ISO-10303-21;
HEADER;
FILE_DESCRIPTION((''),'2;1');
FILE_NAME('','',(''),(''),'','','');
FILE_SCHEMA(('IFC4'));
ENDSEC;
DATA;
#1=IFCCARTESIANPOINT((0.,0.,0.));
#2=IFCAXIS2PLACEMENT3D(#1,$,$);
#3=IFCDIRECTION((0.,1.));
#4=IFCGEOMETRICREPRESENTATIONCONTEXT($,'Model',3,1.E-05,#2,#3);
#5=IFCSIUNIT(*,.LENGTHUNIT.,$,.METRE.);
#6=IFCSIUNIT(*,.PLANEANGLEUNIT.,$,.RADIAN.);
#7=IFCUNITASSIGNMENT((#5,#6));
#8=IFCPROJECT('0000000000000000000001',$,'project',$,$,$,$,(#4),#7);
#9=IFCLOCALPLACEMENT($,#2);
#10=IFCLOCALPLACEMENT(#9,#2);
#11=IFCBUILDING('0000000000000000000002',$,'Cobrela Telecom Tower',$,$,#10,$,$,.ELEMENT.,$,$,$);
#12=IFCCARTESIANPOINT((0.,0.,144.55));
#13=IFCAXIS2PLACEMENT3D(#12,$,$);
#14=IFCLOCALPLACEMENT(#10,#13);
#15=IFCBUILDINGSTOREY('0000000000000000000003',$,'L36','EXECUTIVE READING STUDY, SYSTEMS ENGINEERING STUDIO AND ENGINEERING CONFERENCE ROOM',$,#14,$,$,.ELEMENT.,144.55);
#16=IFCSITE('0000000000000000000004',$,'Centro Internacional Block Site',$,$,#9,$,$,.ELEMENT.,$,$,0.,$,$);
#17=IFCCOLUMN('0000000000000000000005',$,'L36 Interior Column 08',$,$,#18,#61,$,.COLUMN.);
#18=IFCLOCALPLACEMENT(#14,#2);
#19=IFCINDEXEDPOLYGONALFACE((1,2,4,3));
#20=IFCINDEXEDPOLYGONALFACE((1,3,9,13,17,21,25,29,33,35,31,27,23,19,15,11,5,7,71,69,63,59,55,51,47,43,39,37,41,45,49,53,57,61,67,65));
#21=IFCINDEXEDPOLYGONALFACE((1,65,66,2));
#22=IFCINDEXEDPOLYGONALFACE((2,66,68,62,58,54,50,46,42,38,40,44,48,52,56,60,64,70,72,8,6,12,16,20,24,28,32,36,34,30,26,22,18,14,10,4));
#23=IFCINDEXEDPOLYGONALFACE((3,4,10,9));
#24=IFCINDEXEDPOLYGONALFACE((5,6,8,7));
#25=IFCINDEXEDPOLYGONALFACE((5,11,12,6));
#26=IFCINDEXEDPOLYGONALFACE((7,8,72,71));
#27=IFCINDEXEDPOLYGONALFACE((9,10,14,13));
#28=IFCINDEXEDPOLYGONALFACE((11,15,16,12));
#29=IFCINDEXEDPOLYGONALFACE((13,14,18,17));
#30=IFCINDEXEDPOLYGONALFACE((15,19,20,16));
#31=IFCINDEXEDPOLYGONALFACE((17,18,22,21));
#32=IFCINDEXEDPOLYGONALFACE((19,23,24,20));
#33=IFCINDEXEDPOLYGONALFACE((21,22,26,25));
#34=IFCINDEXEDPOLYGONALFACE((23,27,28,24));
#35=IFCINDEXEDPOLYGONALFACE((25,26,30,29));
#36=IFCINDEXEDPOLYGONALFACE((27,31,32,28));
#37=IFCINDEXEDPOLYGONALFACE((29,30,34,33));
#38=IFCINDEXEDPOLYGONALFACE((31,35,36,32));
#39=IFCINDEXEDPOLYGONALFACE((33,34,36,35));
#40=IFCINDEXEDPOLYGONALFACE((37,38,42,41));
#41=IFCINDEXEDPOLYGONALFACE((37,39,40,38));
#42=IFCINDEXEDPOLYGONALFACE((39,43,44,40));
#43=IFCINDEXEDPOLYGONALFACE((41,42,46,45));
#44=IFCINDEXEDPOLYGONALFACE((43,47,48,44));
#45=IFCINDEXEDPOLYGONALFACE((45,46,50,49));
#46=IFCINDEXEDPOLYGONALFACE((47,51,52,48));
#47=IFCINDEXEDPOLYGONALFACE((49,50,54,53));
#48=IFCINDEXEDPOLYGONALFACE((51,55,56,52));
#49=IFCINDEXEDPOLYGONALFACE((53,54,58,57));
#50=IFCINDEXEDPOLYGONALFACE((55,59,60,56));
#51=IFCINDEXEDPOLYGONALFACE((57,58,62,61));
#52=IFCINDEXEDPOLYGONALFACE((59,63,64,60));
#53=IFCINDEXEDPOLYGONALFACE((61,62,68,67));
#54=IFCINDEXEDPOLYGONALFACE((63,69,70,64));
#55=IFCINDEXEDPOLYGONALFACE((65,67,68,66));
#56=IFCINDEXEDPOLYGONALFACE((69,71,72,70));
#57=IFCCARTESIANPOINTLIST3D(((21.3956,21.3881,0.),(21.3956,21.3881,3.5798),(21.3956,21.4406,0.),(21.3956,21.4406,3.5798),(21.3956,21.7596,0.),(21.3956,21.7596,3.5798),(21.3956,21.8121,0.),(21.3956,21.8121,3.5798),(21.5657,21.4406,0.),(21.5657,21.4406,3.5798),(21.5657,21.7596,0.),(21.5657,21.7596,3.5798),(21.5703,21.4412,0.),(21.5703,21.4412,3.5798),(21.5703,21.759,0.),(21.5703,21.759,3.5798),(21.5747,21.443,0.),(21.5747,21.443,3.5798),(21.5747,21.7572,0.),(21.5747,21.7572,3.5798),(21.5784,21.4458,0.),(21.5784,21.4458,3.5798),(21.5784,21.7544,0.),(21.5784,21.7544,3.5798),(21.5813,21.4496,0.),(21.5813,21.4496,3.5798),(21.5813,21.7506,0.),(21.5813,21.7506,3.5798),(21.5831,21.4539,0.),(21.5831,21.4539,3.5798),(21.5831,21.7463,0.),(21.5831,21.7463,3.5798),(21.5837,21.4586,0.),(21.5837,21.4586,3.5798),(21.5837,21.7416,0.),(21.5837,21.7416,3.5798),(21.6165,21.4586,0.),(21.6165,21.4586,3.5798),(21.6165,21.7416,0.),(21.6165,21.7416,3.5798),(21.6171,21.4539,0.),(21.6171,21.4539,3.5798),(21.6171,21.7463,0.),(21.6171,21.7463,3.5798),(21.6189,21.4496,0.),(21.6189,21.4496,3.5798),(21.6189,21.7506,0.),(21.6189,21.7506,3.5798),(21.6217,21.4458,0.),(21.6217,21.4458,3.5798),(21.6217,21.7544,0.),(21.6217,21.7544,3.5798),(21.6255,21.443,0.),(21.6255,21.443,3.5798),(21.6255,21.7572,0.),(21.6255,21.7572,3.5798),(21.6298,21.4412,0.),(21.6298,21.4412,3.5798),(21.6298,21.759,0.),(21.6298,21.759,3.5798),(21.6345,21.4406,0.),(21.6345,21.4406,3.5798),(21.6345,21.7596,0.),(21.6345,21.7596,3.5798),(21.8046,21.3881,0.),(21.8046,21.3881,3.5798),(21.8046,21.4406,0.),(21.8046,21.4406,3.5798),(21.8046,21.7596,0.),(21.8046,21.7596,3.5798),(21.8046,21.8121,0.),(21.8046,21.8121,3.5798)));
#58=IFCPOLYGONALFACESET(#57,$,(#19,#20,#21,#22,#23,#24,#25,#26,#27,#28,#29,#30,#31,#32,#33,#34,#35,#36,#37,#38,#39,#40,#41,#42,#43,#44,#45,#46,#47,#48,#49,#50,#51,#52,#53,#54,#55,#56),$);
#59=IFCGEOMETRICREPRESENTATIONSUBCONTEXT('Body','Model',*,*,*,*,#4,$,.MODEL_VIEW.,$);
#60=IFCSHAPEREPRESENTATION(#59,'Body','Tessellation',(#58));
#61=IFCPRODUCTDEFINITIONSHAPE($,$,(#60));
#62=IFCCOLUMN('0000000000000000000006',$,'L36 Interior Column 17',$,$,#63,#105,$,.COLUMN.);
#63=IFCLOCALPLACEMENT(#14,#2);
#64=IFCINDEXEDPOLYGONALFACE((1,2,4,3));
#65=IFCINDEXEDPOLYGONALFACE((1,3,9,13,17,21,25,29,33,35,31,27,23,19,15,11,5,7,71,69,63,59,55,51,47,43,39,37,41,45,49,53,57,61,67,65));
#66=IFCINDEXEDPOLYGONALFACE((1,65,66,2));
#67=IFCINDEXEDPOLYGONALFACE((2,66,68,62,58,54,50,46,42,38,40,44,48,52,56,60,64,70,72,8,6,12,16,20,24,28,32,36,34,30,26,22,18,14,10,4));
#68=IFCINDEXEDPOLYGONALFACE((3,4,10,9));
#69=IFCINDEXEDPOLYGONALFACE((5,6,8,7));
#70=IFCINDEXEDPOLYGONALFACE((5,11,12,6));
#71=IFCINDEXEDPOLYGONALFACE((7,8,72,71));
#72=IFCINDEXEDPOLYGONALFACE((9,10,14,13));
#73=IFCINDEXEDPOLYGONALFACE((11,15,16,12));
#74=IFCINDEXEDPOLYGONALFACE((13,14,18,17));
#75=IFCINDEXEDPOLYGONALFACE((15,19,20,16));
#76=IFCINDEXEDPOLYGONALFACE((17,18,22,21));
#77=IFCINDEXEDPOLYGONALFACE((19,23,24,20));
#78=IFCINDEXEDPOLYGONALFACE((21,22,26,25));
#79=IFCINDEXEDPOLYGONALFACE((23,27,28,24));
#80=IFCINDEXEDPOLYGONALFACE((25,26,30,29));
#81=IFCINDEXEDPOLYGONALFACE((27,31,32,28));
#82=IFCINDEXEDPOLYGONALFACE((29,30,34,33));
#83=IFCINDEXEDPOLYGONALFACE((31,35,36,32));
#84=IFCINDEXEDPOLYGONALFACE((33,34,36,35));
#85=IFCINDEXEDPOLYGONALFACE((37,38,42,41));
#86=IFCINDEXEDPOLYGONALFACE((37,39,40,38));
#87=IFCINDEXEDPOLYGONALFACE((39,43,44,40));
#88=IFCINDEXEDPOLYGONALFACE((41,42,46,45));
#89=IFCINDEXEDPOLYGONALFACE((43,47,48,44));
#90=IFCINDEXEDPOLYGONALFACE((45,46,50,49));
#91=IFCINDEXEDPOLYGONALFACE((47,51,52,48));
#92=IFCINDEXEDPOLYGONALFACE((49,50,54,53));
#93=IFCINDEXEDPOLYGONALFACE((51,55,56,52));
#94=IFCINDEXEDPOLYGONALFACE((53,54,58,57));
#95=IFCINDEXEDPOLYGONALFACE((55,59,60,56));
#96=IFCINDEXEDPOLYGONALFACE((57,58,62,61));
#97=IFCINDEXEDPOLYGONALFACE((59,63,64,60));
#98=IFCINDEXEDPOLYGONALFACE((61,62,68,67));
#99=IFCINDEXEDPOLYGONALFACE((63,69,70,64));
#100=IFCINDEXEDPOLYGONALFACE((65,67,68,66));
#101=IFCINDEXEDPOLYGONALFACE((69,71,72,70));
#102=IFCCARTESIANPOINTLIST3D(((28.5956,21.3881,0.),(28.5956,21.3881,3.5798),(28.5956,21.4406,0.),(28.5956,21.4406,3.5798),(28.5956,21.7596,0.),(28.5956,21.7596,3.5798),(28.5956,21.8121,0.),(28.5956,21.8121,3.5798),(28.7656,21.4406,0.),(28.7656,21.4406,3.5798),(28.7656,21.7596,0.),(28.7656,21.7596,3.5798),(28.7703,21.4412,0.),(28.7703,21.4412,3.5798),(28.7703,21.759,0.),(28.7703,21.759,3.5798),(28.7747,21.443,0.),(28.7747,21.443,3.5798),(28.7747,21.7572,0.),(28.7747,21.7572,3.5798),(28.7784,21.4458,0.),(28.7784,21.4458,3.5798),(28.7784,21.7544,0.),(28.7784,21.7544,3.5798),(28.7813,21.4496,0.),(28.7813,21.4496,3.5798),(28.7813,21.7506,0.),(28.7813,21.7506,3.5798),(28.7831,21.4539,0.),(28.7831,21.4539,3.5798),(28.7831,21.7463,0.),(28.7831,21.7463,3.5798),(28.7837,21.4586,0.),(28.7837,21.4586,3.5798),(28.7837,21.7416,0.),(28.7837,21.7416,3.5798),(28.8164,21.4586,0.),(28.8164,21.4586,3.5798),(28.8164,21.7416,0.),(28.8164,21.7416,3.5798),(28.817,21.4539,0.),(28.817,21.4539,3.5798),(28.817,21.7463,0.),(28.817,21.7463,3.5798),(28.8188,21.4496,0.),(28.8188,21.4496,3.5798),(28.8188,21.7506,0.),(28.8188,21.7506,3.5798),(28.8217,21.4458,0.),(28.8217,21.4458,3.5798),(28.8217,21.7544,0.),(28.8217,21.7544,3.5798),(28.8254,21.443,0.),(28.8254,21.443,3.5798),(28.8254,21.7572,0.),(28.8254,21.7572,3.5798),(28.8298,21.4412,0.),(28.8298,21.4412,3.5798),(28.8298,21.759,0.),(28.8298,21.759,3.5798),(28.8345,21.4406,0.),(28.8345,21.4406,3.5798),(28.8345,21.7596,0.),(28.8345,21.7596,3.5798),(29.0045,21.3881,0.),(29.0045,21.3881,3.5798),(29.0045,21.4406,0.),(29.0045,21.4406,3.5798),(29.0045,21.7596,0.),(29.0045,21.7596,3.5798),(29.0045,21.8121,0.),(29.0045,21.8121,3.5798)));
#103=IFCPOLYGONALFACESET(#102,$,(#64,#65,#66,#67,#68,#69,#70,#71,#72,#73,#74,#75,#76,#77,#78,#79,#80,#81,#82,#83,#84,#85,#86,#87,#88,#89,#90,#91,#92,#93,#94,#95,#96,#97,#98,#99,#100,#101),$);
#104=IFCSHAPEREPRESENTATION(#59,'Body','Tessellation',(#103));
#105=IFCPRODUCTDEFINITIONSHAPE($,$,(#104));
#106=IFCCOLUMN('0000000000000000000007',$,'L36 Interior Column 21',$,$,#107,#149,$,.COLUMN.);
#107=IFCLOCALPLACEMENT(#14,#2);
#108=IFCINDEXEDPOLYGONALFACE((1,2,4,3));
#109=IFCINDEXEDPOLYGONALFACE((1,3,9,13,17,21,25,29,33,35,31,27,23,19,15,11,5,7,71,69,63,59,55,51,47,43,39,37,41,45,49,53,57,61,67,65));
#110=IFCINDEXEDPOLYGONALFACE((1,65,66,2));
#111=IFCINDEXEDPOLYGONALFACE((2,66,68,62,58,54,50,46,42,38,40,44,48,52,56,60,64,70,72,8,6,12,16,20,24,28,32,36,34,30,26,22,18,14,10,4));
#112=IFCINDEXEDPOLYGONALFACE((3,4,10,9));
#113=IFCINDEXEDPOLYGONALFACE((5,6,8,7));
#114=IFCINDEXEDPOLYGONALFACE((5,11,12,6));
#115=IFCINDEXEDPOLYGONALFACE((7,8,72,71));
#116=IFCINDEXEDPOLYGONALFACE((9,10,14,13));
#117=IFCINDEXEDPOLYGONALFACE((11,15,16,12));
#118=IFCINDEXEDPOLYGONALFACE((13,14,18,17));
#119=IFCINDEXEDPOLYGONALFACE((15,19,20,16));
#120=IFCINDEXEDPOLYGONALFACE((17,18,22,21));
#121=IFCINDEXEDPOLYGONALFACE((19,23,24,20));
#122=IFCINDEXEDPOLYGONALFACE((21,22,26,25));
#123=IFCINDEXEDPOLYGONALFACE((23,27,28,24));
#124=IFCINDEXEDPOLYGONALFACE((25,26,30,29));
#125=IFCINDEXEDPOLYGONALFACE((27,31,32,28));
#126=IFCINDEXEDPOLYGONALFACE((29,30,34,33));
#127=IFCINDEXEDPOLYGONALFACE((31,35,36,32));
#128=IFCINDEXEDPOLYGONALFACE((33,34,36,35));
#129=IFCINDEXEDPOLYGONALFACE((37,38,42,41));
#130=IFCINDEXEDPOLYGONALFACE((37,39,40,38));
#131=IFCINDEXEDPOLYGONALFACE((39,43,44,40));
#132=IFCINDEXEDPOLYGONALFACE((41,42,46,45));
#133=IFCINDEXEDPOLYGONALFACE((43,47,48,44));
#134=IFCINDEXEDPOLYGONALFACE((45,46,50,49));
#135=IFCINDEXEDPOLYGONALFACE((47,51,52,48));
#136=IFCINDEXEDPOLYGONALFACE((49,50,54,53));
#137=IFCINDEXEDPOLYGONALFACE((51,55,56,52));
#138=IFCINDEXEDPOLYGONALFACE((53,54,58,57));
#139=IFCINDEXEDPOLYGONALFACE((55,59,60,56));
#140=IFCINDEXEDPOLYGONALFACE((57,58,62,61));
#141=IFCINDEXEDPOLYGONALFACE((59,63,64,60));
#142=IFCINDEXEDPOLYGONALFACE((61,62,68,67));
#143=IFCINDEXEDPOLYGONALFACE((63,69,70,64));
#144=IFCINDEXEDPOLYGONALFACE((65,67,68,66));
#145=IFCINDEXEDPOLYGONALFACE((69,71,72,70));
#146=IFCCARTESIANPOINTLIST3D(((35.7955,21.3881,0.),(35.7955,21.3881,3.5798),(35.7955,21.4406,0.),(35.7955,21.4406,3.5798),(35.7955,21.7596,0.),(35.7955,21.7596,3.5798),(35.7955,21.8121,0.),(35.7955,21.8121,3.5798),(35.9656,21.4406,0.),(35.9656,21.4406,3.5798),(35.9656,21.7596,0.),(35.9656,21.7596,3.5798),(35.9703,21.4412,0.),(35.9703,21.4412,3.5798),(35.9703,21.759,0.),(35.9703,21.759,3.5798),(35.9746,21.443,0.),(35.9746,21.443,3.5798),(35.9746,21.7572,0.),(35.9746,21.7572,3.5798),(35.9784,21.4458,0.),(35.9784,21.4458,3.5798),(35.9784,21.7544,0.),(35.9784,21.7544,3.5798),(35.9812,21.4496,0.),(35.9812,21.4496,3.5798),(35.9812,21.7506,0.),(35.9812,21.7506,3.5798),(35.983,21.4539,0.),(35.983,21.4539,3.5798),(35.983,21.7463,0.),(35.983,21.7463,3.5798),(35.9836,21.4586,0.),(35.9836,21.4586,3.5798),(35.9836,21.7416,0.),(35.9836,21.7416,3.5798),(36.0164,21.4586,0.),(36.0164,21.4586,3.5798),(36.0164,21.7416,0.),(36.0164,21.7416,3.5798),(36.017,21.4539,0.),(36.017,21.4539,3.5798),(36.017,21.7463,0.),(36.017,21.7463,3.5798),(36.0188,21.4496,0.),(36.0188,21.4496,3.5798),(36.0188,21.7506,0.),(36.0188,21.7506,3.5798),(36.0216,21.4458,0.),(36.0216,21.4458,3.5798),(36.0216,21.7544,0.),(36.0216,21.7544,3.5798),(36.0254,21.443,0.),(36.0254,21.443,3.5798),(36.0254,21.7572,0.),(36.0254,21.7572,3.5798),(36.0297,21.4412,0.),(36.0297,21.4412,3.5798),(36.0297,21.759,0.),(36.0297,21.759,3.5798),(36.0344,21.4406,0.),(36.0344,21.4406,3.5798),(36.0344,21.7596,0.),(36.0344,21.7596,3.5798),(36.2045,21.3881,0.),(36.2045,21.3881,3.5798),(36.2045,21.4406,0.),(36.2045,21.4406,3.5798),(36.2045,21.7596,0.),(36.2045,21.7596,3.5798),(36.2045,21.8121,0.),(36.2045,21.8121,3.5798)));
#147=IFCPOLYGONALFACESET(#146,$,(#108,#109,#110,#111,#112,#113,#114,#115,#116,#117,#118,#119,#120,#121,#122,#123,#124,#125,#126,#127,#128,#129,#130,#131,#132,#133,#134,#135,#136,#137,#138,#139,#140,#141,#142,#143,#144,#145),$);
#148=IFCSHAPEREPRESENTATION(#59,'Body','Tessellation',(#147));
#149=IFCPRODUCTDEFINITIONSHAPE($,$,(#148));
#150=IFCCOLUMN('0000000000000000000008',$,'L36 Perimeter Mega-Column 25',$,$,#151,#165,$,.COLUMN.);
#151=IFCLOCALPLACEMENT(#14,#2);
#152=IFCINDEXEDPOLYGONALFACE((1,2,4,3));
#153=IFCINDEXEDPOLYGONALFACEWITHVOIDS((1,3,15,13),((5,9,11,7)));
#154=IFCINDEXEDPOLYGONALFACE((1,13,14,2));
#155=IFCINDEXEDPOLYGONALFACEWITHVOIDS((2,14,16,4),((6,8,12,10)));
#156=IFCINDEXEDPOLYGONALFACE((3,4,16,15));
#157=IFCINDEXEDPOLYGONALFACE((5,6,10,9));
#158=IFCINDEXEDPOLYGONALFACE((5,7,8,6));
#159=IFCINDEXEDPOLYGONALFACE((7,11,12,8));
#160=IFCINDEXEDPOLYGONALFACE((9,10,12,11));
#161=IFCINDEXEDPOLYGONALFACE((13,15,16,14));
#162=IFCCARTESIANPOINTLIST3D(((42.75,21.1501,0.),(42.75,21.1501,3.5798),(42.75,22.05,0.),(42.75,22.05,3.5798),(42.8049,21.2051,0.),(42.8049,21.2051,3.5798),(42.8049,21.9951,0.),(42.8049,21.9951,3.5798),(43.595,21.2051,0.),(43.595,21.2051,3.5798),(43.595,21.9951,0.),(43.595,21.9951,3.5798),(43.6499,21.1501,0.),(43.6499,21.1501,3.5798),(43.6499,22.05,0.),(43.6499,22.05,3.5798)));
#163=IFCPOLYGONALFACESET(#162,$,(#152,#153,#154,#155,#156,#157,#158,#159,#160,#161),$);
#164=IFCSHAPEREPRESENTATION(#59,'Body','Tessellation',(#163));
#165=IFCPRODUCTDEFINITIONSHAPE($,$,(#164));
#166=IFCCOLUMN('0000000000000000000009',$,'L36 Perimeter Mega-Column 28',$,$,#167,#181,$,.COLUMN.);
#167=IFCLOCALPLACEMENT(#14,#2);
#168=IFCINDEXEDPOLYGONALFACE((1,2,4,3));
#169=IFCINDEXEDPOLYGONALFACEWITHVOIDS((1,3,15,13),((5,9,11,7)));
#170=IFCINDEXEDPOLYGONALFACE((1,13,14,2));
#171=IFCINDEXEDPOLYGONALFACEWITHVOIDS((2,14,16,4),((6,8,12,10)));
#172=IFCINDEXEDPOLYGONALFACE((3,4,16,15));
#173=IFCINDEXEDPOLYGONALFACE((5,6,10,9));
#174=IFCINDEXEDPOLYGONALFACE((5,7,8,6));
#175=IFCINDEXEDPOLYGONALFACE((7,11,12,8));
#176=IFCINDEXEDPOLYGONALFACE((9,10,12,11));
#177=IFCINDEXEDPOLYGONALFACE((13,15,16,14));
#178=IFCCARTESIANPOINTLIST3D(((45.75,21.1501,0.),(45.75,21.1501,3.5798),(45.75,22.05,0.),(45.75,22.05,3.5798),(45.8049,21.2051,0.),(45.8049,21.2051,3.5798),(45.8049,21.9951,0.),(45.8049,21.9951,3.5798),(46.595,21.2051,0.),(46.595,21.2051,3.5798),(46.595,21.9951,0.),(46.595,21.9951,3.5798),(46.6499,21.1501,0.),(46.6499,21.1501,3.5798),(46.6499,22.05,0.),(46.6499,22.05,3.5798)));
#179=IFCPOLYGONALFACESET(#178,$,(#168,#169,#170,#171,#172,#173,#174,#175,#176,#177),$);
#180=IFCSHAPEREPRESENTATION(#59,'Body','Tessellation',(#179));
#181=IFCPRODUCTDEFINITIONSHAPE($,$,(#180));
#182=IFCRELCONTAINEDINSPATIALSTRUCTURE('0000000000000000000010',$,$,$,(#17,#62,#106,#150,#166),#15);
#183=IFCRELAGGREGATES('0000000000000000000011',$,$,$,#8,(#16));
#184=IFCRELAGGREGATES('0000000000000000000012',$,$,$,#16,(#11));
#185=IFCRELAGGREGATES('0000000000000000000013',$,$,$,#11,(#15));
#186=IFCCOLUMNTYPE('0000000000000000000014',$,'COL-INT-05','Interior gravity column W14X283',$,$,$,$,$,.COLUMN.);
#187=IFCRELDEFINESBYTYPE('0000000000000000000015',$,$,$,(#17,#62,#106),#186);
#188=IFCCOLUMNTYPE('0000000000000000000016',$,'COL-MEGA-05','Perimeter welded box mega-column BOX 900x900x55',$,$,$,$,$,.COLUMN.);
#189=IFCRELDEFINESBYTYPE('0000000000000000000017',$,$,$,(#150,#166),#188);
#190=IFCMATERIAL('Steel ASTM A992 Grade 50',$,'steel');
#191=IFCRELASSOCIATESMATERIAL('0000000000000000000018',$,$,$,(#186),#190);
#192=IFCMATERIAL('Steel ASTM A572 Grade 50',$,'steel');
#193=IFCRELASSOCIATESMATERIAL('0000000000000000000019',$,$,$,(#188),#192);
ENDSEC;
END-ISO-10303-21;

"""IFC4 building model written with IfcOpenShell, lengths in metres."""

from ifc_helpers import new_model, si_unit, direction, frame, origin, origin_2d, place, context, subcontext, project, spatial, hollow_rectangle, i_section, extrude, material, material_profile, profile_set, type_object, element, save


model = new_model("IFC4")

# Units and contexts
model_context = context("Model", 3, precision=1e-05, world=origin(), true_north=direction((0.0, 1.0)))
body_context = subcontext(model_context, "Body", "Model", "MODEL_VIEW")
ifc_project = project(units=[si_unit("LENGTHUNIT", "METRE"), si_unit("PLANEANGLEUNIT", "RADIAN")], contexts=[model_context])

# Site, building, storey
site_placement = place(None, origin())
site = spatial("IfcSite", under=ifc_project, at=site_placement, Name="Centro Internacional Block Site", CompositionType="ELEMENT", RefElevation=0.0)
building_placement = place(site_placement, origin())
building = spatial("IfcBuilding", under=site, at=building_placement, Name="Cobrela Telecom Tower", CompositionType="ELEMENT")
storey_placement = place(building_placement, frame((0.0, 0.0, 144.55)))
storey = spatial("IfcBuildingStorey", under=building, at=storey_placement, Name="L36", Description="EXECUTIVE READING STUDY, SYSTEMS ENGINEERING STUDIO AND ENGINEERING CONFERENCE ROOM", CompositionType="ELEMENT", Elevation=144.55)

# Columns
ifc_material_1 = material(Name="Steel ASTM A992 Grade 50", Category="steel")
ifc_material_profile_1 = material_profile(ifc_material_1, i_section(OverallWidth=0.4089, OverallDepth=0.4241, WebThickness=0.0327, FlangeThickness=0.0525, FilletRadius=0.0181, at=origin_2d()), Name="W14X283")
ifc_profile_set_1 = profile_set([ifc_material_profile_1], Name="Steel ASTM A992 Grade 50")
column_type_1 = type_object("IfcColumnType", Name="COL-INT-05", Description="Interior gravity column W14X283", PredefinedType="COLUMN", material=ifc_profile_set_1)
for number, where, z_axis, x_axis, name in (
    (1, (21.6001, 21.6001, 0.0), (0.0, 0.0, 1.0), (1.0, 0.0, 0.0), "L36 Interior Column 08"),
    (2, (28.8, 21.6001, 0.0), (0.0, 0.0, 1.0), (1.0, 0.0, 0.0), "L36 Interior Column 17"),
    (3, (36.0, 21.6001, 0.0), (0.0, 0.0, 1.0), (1.0, 0.0, 0.0), "L36 Interior Column 21"),
):
    element("IfcColumn", number, at=place(storey_placement, frame(where, z_axis=z_axis, x_axis=x_axis)), inside=storey, type_object=column_type_1, Name=name, PredefinedType="COLUMN", context=body_context, shape_type="SweptSolid", body=[
        extrude(i_section(OverallWidth=0.4089, OverallDepth=0.4241, WebThickness=0.0327, FlangeThickness=0.0525, FilletRadius=0.0181, at=origin_2d()), origin(), (0.0, 0.0, 1.0), 3.5798),
    ])
ifc_material_2 = material(Name="Steel ASTM A572 Grade 50", Category="steel")
ifc_material_profile_2 = material_profile(ifc_material_2, hollow_rectangle(XDim=0.8999, YDim=0.8999, WallThickness=0.0549, at=origin_2d()), Name="BOX 900x900x55")
ifc_profile_set_2 = profile_set([ifc_material_profile_2], Name="Steel ASTM A572 Grade 50")
column_type_2 = type_object("IfcColumnType", Name="COL-MEGA-05", Description="Perimeter welded box mega-column BOX 900x900x55", PredefinedType="COLUMN", material=ifc_profile_set_2)
for number, where, z_axis, x_axis, name in (
    (4, (43.2, 21.6001, 0.0), (0.0, 0.0, 1.0), (1.0, 0.0, 0.0), "L36 Perimeter Mega-Column 25"),
    (5, (46.2, 21.6001, 0.0), (0.0, 0.0, 1.0), (1.0, 0.0, 0.0), "L36 Perimeter Mega-Column 28"),
):
    element("IfcColumn", number, at=place(storey_placement, frame(where, z_axis=z_axis, x_axis=x_axis)), inside=storey, type_object=column_type_2, Name=name, PredefinedType="COLUMN", context=body_context, shape_type="SweptSolid", body=[
        extrude(hollow_rectangle(XDim=0.8999, YDim=0.8999, WallThickness=0.0549, at=origin_2d()), origin(), (0.0, 0.0, 1.0), 3.5798),
    ])

save(model, "model.ifc")
